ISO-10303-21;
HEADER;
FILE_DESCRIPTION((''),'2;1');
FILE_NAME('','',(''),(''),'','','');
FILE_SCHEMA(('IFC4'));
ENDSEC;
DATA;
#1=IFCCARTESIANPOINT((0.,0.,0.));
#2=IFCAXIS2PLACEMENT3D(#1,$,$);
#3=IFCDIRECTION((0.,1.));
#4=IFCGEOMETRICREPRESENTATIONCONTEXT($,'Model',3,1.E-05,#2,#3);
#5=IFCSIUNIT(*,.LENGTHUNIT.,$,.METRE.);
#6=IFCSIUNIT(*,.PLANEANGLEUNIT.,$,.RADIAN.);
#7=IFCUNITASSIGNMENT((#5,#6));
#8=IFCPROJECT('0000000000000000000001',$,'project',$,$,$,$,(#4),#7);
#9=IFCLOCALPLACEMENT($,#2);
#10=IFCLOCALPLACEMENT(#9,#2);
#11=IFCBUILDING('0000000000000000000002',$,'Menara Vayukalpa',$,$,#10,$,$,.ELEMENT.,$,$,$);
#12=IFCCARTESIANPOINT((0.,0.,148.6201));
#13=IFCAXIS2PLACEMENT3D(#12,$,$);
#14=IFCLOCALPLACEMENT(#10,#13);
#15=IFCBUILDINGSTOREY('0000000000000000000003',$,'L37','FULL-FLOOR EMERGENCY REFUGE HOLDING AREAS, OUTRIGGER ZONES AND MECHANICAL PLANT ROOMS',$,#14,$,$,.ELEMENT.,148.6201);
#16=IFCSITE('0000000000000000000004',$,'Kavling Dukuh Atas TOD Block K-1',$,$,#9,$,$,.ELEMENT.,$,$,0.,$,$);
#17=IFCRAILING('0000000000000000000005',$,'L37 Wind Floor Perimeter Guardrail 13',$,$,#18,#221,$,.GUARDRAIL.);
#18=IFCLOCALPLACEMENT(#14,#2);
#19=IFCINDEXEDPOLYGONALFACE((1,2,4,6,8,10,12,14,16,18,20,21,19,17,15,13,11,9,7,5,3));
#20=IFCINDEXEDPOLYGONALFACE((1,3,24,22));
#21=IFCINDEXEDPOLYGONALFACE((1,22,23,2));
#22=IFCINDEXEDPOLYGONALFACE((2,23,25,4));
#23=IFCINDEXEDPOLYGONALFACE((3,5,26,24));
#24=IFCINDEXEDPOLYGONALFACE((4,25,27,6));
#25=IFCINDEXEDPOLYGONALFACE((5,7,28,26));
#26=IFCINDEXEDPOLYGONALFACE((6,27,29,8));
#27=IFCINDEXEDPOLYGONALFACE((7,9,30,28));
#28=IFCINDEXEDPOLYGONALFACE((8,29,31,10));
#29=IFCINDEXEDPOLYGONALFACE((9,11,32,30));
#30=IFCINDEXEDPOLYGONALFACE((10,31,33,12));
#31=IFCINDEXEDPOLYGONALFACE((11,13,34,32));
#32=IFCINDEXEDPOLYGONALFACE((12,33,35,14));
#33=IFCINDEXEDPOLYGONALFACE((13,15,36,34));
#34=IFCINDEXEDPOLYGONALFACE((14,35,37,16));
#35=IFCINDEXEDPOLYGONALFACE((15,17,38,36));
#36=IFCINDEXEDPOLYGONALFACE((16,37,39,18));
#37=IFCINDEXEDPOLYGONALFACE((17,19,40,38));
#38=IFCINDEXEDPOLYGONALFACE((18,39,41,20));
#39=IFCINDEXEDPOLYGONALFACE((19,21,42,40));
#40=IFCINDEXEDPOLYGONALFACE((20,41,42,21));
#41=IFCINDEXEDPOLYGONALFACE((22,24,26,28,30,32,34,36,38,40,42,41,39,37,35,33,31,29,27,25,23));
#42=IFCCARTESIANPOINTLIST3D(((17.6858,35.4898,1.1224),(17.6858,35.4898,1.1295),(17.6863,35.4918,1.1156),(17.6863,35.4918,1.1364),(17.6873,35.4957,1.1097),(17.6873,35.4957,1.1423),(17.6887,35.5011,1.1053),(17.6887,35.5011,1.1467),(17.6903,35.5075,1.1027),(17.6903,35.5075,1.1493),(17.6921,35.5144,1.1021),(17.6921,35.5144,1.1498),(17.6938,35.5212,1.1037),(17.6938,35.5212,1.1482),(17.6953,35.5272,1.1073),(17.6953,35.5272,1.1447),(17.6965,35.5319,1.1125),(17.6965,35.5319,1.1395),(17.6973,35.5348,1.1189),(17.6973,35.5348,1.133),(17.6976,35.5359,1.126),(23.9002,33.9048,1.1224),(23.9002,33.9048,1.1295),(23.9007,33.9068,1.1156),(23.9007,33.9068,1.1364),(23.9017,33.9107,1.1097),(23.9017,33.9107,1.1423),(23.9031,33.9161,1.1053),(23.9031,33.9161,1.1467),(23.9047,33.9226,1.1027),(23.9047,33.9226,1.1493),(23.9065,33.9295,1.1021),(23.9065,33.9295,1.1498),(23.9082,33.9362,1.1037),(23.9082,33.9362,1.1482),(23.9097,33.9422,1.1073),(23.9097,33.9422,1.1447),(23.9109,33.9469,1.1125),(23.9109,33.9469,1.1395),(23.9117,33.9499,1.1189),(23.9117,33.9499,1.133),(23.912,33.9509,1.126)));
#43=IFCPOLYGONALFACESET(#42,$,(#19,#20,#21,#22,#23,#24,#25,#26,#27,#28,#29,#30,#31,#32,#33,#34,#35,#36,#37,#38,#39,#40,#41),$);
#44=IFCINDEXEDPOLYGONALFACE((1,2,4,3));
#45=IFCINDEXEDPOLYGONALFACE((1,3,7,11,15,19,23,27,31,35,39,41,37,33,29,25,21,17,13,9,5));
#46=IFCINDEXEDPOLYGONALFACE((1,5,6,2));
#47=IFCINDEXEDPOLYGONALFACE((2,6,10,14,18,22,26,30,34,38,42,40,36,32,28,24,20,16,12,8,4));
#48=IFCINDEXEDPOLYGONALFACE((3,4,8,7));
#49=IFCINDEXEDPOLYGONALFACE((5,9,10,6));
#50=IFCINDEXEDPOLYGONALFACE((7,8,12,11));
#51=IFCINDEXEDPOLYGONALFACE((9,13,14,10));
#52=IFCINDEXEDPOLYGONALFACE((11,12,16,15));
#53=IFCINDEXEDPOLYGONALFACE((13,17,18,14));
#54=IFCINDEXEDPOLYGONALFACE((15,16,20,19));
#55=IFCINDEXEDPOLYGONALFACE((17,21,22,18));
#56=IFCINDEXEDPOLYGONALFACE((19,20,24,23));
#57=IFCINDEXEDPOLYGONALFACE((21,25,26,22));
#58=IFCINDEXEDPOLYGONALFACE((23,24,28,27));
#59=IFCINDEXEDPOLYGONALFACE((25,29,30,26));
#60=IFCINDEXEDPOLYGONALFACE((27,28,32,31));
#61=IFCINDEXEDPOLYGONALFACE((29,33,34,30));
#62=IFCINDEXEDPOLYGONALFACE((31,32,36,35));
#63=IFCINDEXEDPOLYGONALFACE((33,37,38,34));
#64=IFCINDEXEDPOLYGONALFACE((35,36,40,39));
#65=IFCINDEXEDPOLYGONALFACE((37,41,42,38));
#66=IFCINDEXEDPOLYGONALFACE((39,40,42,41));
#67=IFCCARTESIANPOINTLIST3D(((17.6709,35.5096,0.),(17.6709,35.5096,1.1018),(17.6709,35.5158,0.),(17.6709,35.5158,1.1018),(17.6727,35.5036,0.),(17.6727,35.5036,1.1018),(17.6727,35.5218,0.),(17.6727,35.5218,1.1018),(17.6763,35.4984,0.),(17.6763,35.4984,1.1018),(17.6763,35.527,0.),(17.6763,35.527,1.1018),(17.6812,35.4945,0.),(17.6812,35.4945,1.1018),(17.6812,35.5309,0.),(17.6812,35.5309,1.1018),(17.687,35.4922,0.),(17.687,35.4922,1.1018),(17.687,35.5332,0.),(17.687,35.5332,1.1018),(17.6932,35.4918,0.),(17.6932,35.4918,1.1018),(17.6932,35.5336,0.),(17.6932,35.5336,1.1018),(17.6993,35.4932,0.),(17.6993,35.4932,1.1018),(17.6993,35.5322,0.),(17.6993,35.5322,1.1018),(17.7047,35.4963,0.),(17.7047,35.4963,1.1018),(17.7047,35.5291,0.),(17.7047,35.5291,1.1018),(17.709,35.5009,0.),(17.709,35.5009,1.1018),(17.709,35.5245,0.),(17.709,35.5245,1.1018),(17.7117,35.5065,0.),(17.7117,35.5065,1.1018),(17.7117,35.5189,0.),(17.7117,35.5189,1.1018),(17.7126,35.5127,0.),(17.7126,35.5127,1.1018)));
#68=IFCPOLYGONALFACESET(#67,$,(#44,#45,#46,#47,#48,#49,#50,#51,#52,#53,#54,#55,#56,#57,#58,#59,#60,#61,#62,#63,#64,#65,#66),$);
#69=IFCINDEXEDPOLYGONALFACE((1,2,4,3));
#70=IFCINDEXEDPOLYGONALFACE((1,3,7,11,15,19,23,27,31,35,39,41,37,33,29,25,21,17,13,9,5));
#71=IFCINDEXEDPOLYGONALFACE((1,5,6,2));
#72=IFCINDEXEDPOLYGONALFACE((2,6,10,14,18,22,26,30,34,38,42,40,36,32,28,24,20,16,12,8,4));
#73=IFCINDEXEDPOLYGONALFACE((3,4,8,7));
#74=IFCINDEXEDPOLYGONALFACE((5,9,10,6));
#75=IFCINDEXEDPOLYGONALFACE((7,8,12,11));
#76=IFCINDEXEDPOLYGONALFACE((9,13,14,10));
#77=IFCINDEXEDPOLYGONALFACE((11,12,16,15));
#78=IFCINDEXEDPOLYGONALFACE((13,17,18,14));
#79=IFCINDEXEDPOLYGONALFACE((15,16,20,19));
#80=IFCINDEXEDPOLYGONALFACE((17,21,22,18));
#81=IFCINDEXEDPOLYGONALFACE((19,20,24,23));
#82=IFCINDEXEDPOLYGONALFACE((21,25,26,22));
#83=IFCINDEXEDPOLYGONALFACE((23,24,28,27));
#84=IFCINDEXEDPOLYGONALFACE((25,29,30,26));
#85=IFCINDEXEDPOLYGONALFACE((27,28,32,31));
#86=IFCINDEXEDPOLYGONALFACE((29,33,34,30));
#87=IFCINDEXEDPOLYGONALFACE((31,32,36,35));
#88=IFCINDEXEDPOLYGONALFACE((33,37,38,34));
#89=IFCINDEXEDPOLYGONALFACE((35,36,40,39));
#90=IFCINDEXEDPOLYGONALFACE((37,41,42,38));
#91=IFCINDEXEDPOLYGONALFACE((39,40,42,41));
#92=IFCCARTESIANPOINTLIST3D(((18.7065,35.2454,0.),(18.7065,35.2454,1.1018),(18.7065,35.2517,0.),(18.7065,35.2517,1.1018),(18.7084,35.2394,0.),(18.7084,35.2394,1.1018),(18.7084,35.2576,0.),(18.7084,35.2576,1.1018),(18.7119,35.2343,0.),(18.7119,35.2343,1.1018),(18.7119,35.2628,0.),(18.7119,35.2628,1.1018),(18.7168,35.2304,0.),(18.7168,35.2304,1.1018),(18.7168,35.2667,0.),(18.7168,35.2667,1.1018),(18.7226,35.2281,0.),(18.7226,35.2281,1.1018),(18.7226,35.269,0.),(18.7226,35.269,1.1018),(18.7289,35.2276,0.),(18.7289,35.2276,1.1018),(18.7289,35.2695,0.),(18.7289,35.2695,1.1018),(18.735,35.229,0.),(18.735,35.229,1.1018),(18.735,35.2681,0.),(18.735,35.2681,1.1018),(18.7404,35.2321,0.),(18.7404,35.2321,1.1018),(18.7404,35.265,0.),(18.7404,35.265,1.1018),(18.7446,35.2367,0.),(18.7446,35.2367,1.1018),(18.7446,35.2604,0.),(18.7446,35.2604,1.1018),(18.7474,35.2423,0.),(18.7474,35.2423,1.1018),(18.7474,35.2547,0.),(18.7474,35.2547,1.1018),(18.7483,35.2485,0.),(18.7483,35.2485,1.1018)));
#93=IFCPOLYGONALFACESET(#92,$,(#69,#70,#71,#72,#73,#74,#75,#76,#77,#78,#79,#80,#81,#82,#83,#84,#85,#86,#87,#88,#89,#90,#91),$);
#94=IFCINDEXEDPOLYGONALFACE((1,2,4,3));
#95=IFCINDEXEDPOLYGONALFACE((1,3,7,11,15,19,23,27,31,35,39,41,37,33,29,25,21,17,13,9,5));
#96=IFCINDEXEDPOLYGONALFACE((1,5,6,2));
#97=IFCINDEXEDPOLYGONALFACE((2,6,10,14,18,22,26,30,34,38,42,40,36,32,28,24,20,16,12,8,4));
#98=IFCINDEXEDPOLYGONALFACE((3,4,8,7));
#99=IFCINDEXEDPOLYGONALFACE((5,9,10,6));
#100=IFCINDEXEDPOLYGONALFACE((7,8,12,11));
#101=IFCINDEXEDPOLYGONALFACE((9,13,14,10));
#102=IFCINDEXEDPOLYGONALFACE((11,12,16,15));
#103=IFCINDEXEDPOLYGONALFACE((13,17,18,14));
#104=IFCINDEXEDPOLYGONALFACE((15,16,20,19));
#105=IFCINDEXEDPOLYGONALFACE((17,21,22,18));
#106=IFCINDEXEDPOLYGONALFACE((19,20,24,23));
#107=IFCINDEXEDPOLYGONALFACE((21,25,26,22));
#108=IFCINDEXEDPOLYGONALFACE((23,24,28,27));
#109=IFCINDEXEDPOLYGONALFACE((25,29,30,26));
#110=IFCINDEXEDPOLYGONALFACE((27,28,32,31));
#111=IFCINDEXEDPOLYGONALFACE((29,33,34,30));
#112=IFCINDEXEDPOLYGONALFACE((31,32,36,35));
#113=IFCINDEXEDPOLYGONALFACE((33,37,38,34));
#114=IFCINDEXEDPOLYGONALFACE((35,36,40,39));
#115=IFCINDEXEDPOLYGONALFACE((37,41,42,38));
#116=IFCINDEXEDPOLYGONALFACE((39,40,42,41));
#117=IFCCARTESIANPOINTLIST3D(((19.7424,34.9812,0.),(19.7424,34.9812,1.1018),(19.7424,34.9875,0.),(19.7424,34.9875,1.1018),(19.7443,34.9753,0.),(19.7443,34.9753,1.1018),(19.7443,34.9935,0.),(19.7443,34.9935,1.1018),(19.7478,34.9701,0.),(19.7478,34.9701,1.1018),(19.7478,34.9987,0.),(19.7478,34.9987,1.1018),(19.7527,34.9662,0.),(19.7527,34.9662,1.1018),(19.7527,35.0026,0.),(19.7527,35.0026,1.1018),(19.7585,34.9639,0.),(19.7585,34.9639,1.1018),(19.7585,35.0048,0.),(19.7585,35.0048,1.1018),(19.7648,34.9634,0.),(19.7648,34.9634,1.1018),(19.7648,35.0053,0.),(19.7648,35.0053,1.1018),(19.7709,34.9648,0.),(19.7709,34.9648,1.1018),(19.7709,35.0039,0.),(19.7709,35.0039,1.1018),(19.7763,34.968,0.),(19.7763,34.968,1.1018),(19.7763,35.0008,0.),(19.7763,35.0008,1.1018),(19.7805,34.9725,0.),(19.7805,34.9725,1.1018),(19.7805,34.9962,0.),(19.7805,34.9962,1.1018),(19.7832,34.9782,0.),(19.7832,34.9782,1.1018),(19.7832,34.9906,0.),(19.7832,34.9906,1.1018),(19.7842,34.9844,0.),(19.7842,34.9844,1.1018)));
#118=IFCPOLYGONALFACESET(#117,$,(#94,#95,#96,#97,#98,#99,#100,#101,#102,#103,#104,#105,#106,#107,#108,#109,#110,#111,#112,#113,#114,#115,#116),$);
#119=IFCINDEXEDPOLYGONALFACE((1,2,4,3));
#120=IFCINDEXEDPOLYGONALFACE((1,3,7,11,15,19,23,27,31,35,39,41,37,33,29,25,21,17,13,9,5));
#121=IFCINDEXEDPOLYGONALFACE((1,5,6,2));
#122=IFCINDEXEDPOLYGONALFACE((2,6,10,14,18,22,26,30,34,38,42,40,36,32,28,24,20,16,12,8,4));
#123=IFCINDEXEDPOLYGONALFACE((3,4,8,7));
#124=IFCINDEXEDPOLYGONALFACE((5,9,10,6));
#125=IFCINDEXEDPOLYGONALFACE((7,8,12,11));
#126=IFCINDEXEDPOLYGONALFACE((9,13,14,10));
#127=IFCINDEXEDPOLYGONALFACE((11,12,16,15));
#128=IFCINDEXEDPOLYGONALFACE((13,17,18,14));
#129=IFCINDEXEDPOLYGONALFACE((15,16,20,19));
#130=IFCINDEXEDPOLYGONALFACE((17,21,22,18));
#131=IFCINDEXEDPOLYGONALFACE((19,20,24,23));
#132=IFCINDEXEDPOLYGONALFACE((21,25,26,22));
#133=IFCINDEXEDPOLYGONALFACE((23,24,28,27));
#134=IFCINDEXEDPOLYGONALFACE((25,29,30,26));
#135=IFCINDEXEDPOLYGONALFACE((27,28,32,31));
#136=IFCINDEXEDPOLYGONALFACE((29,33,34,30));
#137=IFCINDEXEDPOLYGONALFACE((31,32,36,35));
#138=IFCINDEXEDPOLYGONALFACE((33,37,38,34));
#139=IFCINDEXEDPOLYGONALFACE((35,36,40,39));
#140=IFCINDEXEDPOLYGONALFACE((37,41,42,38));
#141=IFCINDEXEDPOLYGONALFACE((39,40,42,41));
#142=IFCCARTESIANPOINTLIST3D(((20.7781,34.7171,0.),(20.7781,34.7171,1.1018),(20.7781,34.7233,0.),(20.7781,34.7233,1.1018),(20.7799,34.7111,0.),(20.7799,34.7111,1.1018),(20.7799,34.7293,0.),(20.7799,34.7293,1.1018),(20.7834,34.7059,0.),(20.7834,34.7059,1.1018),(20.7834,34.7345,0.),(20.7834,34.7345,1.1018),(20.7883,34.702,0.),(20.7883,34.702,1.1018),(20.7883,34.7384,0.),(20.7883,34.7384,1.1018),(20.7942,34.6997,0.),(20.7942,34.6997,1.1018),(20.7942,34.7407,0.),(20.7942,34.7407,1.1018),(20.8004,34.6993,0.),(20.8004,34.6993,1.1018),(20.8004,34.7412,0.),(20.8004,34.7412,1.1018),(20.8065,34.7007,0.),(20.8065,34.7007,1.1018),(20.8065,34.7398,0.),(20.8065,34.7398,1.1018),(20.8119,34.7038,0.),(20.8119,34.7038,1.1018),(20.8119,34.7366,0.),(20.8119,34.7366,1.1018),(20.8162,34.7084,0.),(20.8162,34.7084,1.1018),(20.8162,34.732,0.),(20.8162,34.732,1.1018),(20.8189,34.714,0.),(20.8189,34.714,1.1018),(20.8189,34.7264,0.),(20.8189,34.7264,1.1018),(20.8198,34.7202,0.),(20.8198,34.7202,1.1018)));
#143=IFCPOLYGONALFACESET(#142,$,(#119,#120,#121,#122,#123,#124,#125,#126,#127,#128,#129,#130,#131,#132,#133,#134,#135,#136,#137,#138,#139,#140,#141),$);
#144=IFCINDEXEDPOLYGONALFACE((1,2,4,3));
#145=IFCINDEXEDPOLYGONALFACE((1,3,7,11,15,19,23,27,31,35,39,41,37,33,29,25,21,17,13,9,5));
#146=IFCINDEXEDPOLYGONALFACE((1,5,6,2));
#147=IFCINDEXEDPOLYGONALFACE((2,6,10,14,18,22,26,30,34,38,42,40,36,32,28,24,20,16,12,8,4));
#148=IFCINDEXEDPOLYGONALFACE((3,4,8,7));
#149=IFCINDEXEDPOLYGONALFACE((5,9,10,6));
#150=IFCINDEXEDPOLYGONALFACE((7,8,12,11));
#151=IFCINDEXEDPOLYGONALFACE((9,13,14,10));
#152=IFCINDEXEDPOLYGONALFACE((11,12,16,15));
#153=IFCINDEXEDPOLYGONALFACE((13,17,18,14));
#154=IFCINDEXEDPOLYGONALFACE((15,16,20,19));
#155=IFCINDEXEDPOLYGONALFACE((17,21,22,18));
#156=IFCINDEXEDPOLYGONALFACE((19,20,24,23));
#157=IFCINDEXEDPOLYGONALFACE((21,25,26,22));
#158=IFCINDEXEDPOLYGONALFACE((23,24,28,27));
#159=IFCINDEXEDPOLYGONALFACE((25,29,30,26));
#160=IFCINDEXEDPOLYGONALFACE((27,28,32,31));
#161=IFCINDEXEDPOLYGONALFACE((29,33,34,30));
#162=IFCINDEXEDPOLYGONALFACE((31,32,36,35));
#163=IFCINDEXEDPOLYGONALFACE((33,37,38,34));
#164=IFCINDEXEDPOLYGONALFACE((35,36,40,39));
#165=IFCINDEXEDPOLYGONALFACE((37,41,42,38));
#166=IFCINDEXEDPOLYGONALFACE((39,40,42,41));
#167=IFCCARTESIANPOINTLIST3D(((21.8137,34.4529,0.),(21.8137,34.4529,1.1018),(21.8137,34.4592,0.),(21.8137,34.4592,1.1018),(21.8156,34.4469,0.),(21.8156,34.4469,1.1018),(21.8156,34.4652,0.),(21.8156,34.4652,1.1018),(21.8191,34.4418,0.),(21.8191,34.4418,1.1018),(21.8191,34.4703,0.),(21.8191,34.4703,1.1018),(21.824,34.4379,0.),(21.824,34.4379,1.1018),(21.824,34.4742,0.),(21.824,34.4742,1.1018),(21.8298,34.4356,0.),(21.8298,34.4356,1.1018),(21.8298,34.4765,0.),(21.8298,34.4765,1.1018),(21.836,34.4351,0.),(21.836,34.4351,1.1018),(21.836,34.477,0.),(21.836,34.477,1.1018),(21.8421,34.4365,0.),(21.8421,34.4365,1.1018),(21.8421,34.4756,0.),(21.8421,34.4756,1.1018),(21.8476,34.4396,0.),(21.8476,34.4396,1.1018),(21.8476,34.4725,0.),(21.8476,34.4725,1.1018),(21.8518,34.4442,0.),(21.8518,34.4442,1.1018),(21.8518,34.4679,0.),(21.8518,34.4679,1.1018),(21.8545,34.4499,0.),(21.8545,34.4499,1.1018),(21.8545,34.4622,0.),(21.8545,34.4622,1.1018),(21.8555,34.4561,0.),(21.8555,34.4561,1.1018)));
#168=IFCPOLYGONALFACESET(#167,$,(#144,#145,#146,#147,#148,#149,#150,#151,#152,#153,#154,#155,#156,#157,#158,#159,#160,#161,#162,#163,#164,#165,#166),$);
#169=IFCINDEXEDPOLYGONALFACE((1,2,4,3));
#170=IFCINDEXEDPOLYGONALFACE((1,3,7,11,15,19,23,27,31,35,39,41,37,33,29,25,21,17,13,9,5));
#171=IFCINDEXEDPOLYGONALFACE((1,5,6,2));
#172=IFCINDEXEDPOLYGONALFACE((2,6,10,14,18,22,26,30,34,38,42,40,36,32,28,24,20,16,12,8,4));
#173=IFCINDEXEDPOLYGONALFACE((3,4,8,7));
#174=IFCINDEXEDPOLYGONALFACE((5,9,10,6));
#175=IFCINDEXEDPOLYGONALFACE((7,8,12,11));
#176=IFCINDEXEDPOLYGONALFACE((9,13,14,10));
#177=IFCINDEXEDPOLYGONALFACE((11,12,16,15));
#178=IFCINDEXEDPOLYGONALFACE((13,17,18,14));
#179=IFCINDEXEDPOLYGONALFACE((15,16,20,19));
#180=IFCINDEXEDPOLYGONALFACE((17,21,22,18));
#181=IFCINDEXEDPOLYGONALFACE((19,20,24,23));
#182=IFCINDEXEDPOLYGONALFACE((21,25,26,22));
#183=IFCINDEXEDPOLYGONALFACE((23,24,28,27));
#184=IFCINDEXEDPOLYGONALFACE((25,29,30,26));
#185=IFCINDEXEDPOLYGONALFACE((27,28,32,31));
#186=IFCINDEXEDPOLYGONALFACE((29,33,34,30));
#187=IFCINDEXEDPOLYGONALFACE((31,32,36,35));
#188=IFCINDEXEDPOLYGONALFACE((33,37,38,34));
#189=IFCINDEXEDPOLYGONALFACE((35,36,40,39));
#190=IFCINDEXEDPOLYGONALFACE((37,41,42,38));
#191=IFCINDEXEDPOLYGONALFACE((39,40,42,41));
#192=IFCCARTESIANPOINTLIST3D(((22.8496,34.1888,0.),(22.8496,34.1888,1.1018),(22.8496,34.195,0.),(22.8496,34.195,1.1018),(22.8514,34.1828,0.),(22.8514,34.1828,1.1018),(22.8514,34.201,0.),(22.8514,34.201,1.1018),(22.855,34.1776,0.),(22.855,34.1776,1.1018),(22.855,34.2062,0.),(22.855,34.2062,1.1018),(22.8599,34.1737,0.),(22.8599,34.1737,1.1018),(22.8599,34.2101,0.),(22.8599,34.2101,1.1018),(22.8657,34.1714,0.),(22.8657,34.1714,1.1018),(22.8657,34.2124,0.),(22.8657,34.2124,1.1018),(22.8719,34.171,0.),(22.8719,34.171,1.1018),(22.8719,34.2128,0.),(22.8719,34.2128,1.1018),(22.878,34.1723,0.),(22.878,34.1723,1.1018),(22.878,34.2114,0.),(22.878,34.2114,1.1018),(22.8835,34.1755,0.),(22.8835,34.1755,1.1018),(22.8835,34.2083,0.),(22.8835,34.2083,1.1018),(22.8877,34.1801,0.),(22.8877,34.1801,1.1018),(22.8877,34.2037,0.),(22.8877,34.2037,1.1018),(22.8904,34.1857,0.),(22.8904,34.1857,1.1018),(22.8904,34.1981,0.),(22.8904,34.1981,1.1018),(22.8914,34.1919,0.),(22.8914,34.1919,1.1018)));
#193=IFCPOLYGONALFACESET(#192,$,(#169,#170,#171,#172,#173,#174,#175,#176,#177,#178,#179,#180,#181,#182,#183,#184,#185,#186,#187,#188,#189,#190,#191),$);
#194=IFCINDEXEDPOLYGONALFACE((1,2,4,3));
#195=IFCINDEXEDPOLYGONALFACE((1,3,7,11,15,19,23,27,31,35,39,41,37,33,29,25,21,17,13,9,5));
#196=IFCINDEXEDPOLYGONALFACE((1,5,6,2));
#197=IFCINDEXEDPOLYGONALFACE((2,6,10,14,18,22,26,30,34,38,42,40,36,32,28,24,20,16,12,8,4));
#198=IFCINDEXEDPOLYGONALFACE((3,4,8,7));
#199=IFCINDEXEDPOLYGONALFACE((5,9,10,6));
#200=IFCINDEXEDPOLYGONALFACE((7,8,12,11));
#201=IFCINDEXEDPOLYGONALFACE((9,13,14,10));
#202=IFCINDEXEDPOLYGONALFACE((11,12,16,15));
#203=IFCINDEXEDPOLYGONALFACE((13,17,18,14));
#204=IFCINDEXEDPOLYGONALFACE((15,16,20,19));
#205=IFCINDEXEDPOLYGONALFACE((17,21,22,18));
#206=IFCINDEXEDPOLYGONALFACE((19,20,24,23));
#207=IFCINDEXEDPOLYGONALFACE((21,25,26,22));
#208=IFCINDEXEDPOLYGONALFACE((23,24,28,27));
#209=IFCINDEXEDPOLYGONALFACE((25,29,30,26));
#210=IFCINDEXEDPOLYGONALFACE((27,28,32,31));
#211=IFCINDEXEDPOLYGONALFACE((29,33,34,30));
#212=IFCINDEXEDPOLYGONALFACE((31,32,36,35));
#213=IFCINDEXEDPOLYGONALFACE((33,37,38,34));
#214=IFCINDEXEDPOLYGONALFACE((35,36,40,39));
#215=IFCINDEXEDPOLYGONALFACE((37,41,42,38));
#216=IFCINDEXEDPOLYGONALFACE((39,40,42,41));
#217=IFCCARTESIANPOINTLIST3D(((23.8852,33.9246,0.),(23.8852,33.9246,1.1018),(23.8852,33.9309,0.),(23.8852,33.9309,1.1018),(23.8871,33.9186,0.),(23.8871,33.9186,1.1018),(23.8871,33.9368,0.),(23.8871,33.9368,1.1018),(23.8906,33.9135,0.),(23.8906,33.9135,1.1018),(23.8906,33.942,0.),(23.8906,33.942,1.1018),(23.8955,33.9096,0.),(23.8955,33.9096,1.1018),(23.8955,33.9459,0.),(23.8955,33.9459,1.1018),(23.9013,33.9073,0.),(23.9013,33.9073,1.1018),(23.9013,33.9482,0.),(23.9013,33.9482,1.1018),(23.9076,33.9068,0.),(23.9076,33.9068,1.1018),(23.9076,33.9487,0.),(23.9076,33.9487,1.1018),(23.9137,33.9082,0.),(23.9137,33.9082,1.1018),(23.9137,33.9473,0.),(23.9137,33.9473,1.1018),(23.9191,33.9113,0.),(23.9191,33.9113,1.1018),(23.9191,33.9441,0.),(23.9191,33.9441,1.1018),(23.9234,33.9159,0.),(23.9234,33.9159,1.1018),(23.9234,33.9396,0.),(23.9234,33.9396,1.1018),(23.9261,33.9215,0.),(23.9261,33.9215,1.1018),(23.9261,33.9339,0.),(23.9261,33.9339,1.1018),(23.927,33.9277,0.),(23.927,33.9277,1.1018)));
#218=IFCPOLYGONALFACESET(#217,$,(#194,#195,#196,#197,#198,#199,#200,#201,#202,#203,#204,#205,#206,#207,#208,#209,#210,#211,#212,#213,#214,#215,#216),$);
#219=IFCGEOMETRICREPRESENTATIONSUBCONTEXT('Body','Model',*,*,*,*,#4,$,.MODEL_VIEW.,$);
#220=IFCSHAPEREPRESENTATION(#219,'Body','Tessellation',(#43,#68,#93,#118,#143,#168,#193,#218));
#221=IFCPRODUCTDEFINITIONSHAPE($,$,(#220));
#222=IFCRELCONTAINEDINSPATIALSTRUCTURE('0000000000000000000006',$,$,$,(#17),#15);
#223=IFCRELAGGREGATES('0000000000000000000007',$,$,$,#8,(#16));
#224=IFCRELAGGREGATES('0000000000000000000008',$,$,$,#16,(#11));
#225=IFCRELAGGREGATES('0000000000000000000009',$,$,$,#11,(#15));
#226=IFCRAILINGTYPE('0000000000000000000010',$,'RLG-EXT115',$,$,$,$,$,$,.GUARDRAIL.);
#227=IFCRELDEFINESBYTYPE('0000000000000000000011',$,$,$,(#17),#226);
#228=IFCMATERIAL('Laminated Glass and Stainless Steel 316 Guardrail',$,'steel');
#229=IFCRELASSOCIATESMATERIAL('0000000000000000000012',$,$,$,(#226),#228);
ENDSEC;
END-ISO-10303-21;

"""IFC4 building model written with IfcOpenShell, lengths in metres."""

from ifc_helpers import new_model, si_unit, direction, frame, origin, origin_2d, place, context, subcontext, project, spatial, circle, extrude, material, type_object, element, save


model = new_model("IFC4")

# Units and contexts
model_context = context("Model", 3, precision=1e-05, world=origin(), true_north=direction((0.0, 1.0)))
body_context = subcontext(model_context, "Body", "Model", "MODEL_VIEW")
ifc_project = project(units=[si_unit("LENGTHUNIT", "METRE"), si_unit("PLANEANGLEUNIT", "RADIAN")], contexts=[model_context])

# Site, building, storey
site_placement = place(None, origin())
site = spatial("IfcSite", under=ifc_project, at=site_placement, Name="Kavling Dukuh Atas TOD Block K-1", CompositionType="ELEMENT", RefElevation=0.0)
building_placement = place(site_placement, origin())
building = spatial("IfcBuilding", under=site, at=building_placement, Name="Menara Vayukalpa", CompositionType="ELEMENT")
storey_placement = place(building_placement, frame((0.0, 0.0, 148.6201)))
storey = spatial("IfcBuildingStorey", under=building, at=storey_placement, Name="L37", Description="FULL-FLOOR EMERGENCY REFUGE HOLDING AREAS, OUTRIGGER ZONES AND MECHANICAL PLANT ROOMS", CompositionType="ELEMENT", Elevation=148.6201)

# Railing
ifc_material_1 = material(Name="Laminated Glass and Stainless Steel 316 Guardrail", Category="steel")
railing_type = type_object("IfcRailingType", Name="RLG-EXT115", PredefinedType="GUARDRAIL", material=ifc_material_1)
railing_1_placement = place(storey_placement, frame((17.6917, 35.5127, 0.0)))
element("IfcRailing", 1, at=railing_1_placement, inside=storey, type_object=railing_type, Name="L37 Wind Floor Perimeter Guardrail 13", PredefinedType="GUARDRAIL", context=body_context, shape_type="SweptSolid", body=[
    extrude(circle(Radius=0.0239, at=origin_2d()), frame((0.0, 0.0, 1.126), z_axis=(0.968981, -0.247137, 0.0), x_axis=(0.247137, 0.968981, 0.0)), (0.0, 0.0, 1.0), 6.4133),
    extrude(circle(Radius=0.021, at=origin_2d()), origin(), (0.0, 0.0, 1.0), 1.1018),
    extrude(circle(Radius=0.021, at=origin_2d()), frame((1.0356, -0.2642, 0.0)), (0.0, 0.0, 1.0), 1.1018),
    extrude(circle(Radius=0.021, at=origin_2d()), frame((2.0715, -0.5283, 0.0)), (0.0, 0.0, 1.0), 1.1018),
    extrude(circle(Radius=0.021, at=origin_2d()), frame((3.1072, -0.7925, 0.0)), (0.0, 0.0, 1.0), 1.1018),
    extrude(circle(Radius=0.021, at=origin_2d()), frame((4.1428, -1.0566, 0.0)), (0.0, 0.0, 1.0), 1.1018),
    extrude(circle(Radius=0.021, at=origin_2d()), frame((5.1787, -1.3208, 0.0)), (0.0, 0.0, 1.0), 1.1018),
    extrude(circle(Radius=0.021, at=origin_2d()), frame((6.2144, -1.585, 0.0)), (0.0, 0.0, 1.0), 1.1018),
])

save(model, "model.ifc")
